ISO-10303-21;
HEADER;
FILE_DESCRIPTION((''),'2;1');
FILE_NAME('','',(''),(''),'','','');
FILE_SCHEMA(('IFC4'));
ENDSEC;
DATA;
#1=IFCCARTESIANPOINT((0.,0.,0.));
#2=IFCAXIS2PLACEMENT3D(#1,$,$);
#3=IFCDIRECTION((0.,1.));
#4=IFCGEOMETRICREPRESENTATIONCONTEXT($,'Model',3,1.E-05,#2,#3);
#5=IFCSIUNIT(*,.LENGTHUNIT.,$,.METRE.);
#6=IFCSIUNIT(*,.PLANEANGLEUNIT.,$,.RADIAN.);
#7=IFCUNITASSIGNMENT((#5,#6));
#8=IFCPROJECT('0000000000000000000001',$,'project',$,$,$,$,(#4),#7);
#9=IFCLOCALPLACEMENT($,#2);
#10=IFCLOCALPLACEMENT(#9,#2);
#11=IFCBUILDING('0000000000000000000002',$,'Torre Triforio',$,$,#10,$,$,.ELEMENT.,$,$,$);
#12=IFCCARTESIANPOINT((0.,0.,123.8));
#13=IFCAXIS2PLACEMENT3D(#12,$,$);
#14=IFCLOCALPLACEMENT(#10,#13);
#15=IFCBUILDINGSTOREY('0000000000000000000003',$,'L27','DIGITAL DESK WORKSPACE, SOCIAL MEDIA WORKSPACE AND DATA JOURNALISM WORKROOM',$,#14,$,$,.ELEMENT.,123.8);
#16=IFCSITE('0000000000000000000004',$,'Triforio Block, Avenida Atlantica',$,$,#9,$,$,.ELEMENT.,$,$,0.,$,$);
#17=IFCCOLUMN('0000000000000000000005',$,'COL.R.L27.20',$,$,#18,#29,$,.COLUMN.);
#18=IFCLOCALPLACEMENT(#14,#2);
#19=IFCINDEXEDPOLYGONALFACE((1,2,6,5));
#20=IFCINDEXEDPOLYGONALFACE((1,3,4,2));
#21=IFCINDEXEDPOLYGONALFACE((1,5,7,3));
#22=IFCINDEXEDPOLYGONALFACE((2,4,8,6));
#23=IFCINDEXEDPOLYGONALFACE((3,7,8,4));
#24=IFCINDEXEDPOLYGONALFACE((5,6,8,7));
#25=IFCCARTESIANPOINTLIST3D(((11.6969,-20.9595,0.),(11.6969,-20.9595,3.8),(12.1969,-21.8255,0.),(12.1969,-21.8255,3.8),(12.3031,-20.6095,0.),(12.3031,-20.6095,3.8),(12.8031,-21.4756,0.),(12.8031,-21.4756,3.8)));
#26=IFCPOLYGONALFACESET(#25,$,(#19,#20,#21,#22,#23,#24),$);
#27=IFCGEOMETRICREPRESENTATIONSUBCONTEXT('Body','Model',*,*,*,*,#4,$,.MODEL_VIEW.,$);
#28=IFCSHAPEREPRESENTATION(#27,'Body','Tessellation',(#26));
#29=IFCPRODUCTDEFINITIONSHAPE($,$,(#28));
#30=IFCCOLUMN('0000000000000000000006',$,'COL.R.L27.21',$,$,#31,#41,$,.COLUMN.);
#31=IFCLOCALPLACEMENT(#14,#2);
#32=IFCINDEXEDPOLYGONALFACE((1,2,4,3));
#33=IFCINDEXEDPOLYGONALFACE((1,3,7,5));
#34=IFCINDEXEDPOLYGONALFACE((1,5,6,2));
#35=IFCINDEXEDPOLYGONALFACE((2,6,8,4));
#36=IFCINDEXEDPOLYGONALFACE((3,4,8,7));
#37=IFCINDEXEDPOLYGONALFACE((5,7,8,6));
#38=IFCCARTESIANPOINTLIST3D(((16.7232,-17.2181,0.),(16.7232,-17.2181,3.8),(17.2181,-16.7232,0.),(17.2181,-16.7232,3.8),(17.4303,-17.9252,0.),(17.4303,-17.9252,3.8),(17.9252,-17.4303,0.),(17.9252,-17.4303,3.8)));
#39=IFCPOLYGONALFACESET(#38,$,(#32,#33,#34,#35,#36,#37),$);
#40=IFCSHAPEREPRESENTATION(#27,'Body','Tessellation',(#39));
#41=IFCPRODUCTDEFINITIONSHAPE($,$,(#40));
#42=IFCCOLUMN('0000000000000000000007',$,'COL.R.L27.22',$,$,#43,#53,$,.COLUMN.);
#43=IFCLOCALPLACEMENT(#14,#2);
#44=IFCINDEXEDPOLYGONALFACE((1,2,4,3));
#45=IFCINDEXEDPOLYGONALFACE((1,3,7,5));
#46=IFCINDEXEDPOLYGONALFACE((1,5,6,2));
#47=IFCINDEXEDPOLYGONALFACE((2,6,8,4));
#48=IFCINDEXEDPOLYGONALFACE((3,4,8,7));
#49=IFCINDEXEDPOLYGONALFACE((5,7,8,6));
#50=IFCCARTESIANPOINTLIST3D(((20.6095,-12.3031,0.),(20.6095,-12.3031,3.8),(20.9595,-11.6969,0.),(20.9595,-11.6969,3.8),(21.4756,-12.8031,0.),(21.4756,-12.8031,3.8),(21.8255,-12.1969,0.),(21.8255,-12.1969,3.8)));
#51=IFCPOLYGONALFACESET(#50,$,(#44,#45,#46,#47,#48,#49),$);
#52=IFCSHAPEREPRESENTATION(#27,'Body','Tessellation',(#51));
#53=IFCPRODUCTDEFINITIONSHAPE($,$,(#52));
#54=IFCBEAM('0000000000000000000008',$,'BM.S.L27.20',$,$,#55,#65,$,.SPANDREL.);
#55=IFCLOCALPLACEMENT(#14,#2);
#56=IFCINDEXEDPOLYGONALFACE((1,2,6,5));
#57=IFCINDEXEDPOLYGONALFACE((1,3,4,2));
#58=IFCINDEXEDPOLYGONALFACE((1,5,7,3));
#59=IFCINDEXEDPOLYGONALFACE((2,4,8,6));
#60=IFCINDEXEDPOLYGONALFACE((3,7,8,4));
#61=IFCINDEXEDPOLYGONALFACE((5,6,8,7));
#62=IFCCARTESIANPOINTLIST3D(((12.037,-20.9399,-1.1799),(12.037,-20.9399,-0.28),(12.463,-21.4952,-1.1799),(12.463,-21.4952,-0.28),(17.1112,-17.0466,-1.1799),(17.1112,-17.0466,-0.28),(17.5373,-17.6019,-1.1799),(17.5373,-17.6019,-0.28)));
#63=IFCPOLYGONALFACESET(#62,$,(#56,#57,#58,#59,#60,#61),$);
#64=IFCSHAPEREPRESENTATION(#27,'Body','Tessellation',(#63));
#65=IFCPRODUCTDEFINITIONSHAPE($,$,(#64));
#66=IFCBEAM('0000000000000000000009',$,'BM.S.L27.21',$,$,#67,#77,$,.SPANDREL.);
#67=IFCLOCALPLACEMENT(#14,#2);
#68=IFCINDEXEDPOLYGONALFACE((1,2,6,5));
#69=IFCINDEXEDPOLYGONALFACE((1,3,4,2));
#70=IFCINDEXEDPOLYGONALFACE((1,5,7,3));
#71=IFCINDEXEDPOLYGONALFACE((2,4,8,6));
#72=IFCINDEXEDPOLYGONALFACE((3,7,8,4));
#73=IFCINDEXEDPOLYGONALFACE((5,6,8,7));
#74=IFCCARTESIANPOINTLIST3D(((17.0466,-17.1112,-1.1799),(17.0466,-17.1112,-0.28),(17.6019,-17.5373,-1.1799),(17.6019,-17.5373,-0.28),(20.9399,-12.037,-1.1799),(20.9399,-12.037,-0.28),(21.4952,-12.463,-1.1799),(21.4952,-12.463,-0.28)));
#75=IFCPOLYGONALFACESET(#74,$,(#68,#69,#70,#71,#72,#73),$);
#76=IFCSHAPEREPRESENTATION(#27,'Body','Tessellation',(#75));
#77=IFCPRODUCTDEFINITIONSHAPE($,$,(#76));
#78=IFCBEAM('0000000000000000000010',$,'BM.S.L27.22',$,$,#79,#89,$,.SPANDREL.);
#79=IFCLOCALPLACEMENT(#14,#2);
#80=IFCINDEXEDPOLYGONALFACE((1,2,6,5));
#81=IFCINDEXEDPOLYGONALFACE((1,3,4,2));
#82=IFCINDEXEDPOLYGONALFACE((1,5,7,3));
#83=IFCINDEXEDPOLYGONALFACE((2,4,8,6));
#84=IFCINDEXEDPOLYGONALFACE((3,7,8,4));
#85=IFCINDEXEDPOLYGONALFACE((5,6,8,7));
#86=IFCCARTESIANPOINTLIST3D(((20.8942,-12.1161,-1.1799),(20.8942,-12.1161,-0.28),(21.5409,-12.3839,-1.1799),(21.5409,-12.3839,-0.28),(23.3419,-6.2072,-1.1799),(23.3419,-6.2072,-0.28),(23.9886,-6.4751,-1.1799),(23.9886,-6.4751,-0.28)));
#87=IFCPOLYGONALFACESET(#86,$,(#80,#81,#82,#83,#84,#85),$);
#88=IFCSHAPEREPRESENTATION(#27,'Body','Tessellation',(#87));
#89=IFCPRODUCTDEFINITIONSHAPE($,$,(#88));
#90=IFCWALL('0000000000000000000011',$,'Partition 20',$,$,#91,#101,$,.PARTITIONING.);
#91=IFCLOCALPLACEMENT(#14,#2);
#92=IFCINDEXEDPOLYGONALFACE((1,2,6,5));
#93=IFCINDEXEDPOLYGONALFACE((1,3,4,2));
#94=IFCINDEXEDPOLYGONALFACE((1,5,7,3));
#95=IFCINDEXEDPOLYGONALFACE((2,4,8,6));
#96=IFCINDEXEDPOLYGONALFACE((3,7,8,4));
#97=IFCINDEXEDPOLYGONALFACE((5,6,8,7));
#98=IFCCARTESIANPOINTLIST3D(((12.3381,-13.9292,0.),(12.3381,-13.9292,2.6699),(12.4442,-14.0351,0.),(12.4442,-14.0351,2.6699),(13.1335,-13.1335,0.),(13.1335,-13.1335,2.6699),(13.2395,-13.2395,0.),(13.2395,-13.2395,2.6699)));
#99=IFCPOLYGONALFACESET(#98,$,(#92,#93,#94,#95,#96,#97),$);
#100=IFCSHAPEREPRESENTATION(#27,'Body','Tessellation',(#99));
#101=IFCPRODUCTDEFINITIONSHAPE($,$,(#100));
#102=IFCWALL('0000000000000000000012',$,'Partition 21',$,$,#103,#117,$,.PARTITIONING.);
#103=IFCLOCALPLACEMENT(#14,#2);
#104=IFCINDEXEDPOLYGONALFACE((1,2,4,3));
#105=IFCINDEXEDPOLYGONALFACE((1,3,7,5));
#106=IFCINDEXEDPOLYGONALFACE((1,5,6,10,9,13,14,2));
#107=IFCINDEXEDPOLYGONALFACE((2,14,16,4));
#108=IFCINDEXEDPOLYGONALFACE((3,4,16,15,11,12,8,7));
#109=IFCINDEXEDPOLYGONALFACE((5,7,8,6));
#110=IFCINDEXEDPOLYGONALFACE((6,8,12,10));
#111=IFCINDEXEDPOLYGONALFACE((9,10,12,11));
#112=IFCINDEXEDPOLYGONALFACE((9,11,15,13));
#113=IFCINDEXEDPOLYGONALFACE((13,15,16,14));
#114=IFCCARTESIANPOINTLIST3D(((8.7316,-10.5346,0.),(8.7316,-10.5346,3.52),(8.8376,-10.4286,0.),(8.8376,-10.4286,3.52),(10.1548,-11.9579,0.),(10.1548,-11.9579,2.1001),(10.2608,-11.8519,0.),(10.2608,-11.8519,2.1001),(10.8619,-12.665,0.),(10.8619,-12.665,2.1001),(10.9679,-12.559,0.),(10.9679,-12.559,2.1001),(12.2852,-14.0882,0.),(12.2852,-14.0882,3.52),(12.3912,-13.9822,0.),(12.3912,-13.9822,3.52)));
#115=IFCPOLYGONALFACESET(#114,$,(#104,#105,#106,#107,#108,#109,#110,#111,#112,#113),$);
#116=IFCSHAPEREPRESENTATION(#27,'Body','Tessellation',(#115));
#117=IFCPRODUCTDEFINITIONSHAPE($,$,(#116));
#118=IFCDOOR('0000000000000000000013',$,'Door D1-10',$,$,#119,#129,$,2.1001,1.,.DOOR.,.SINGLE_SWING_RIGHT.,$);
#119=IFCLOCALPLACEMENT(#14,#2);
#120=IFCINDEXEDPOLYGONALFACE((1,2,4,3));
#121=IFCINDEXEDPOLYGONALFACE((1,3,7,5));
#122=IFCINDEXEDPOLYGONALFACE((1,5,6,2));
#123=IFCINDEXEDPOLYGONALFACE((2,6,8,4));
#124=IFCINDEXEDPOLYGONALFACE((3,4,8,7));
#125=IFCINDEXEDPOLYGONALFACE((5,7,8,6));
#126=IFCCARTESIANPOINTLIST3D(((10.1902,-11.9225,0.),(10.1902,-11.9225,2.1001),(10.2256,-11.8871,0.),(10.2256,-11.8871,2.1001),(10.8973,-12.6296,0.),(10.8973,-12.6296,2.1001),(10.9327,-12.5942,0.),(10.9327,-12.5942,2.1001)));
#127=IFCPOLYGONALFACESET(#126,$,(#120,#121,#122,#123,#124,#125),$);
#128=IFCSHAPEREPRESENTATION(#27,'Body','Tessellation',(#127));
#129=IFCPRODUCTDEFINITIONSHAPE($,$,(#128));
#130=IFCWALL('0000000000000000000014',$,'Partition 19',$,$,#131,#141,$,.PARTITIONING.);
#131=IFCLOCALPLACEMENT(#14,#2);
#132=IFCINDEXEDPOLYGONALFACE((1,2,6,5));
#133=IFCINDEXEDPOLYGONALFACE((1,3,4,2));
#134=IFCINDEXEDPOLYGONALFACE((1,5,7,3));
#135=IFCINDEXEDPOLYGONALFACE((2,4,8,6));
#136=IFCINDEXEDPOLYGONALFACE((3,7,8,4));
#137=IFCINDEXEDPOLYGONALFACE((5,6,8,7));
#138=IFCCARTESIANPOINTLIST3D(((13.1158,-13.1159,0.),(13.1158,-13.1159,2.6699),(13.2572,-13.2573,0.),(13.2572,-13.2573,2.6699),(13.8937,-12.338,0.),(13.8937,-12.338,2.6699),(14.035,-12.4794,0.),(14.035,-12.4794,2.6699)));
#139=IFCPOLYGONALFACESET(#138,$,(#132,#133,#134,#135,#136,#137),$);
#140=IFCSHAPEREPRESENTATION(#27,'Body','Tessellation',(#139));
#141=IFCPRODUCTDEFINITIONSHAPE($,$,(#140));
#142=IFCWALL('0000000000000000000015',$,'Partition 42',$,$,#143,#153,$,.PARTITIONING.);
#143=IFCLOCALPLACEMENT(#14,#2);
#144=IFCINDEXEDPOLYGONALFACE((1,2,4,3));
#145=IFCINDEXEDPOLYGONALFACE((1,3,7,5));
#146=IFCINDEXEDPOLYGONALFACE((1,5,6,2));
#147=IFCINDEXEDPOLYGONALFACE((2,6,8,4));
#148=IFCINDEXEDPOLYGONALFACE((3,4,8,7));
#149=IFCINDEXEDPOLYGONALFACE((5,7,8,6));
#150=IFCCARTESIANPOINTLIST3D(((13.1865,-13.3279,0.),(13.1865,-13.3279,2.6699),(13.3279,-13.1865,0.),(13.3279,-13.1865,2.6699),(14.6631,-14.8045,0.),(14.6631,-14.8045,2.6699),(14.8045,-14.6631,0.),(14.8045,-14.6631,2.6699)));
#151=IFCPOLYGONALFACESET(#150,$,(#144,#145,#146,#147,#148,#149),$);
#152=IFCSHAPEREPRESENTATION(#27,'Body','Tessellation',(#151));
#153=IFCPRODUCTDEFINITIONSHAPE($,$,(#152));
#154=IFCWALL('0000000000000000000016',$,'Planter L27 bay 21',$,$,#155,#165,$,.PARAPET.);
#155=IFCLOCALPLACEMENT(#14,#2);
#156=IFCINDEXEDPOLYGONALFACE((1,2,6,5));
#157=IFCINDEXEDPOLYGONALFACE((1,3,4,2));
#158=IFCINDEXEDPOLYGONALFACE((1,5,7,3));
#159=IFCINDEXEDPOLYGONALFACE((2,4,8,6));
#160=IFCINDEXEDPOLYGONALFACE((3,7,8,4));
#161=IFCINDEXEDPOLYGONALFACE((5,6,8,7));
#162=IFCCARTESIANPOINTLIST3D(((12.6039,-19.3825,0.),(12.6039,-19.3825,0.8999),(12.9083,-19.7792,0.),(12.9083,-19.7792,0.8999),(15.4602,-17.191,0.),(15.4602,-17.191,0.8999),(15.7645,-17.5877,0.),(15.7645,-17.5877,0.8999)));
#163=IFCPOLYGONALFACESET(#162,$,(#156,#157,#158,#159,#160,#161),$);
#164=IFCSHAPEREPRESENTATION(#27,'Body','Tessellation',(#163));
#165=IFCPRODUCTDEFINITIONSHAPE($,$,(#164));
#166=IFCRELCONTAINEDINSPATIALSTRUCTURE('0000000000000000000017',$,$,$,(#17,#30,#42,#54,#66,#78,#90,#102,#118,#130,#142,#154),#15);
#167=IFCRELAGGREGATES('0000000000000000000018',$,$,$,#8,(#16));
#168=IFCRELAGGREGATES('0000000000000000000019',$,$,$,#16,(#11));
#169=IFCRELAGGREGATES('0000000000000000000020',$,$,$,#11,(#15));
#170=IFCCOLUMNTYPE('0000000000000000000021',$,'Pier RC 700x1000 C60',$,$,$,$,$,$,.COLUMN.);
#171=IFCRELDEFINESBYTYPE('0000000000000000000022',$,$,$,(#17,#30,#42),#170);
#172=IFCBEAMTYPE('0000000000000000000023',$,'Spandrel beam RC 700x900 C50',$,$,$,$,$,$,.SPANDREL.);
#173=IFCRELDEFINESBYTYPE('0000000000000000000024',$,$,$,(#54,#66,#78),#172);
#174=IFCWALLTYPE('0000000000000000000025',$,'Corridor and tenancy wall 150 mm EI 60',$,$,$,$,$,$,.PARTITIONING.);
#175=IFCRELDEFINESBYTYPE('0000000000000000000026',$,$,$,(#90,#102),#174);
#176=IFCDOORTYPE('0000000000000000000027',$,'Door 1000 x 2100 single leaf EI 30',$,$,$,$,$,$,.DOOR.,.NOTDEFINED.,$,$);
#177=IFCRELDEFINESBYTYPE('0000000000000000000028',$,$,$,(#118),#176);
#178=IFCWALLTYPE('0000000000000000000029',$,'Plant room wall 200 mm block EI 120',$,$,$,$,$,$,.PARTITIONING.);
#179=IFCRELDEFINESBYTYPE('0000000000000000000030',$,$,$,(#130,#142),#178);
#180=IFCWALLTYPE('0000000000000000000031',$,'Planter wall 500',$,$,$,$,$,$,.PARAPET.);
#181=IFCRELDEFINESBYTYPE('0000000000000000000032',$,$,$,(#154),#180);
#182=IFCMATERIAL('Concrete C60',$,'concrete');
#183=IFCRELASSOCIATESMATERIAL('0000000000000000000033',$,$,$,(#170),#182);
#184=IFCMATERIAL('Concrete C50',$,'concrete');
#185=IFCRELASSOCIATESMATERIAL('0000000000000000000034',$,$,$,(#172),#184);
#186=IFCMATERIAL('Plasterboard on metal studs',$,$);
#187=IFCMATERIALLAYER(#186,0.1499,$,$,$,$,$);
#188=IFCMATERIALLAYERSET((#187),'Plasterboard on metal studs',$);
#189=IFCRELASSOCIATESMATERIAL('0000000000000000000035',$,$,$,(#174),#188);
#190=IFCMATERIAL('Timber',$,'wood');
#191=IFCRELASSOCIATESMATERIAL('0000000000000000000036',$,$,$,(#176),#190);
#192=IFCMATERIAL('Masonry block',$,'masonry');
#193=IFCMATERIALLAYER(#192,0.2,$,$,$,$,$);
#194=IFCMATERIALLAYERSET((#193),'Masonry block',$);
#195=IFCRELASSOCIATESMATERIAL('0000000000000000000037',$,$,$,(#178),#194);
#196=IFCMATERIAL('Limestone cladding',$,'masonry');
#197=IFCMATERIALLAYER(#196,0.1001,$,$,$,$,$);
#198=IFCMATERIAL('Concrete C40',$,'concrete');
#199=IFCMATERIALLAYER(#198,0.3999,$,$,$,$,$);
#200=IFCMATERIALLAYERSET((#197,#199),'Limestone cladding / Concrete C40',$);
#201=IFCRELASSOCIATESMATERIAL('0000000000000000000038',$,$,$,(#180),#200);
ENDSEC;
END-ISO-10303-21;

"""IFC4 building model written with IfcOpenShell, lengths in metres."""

from ifc_helpers import new_model, si_unit, direction, frame, frame_2d, origin, origin_2d, place, context, subcontext, project, spatial, rectangle, extrude, material, layer, layer_set, material_profile, profile_set, type_object, element, fill, save


model = new_model("IFC4")

# Units and contexts
model_context = context("Model", 3, precision=1e-05, world=origin(), true_north=direction((0.0, 1.0)))
body_context = subcontext(model_context, "Body", "Model", "MODEL_VIEW")
ifc_project = project(units=[si_unit("LENGTHUNIT", "METRE"), si_unit("PLANEANGLEUNIT", "RADIAN")], contexts=[model_context])

# Site, building, storey
site_placement = place(None, origin())
site = spatial("IfcSite", under=ifc_project, at=site_placement, Name="Triforio Block, Avenida Atlantica", CompositionType="ELEMENT", RefElevation=0.0)
building_placement = place(site_placement, origin())
building = spatial("IfcBuilding", under=site, at=building_placement, Name="Torre Triforio", CompositionType="ELEMENT")
storey_placement = place(building_placement, frame((0.0, 0.0, 123.8)))
storey = spatial("IfcBuildingStorey", under=building, at=storey_placement, Name="L27", Description="DIGITAL DESK WORKSPACE, SOCIAL MEDIA WORKSPACE AND DATA JOURNALISM WORKROOM", CompositionType="ELEMENT", Elevation=123.8)

# Columns
ifc_material_1 = material(Name="Concrete C60", Category="concrete")
ifc_material_profile_1 = material_profile(ifc_material_1, rectangle(XDim=0.7, YDim=1.0, at=origin_2d()), Name="RC 700x1000")
ifc_profile_set_1 = profile_set([ifc_material_profile_1], Name="Concrete C60")
column_type = type_object("IfcColumnType", Name="Pier RC 700x1000 C60", PredefinedType="COLUMN", material=ifc_profile_set_1)
for number, where, z_axis, x_axis, name in (
    (1, (12.25, -21.2175, 0.0), (0.0, 0.0, 1.0), (0.866025, 0.5, 0.0), "COL.R.L27.20"),
    (2, (17.3242, -17.3242, 0.0), (0.0, 0.0, 1.0), (0.707107, 0.707107, 0.0), "COL.R.L27.21"),
    (3, (21.2175, -12.25, 0.0), (0.0, 0.0, 1.0), (0.5, 0.866025, 0.0), "COL.R.L27.22"),
):
    element("IfcColumn", number, at=place(storey_placement, frame(where, z_axis=z_axis, x_axis=x_axis)), inside=storey, type_object=column_type, Name=name, PredefinedType="COLUMN", context=body_context, shape_type="SweptSolid", body=[
        extrude(rectangle(XDim=0.7, YDim=1.0, at=origin_2d()), origin(), (0.0, 0.0, 1.0), 3.8),
    ])

# Beams
ifc_material_2 = material(Name="Concrete C50", Category="concrete")
ifc_material_profile_2 = material_profile(ifc_material_2, rectangle(XDim=0.7, YDim=0.8999, at=origin_2d()), Name="RC 700x900")
ifc_profile_set_2 = profile_set([ifc_material_profile_2], Name="Concrete C50")
beam_type = type_object("IfcBeamType", Name="Spandrel beam RC 700x900 C50", PredefinedType="SPANDREL", material=ifc_profile_set_2)
for number, where, z_axis, x_axis, name in (
    (4, (12.25, -21.2175, -0.73), (0.793374, 0.608734, 0.0), (-0.608734, 0.793374, 0.0), "BM.S.L27.20"),
    (5, (17.3242, -17.3242, -0.73), (0.608734, 0.793374, 0.0), (-0.793374, 0.608734, 0.0), "BM.S.L27.21"),
    (6, (21.2175, -12.25, -0.73), (0.382709, 0.923869, 0.0), (-0.923869, 0.382709, 0.0), "BM.S.L27.22"),
):
    element("IfcBeam", number, at=place(storey_placement, frame(where, z_axis=z_axis, x_axis=x_axis)), inside=storey, type_object=beam_type, Name=name, PredefinedType="SPANDREL", context=body_context, shape_type="SweptSolid", body=[
        extrude(rectangle(XDim=0.7, YDim=0.8999, at=origin_2d()), origin(), (0.0, 0.0, 1.0), 6.3958),
    ])

# Wall
ifc_material_3 = material(Name="Plasterboard on metal studs")
ifc_layer_1 = layer(ifc_material_3, 0.1499)
ifc_layer_set_1 = layer_set([ifc_layer_1], Name="Plasterboard on metal studs")
wall_type_1 = type_object("IfcWallType", Name="Corridor and tenancy wall 150 mm EI 60", PredefinedType="PARTITIONING", material=ifc_layer_set_1)
wall_1_placement = place(storey_placement, frame((13.1865, -13.1865, 0.0), z_axis=(0.0, 0.0, 1.0), x_axis=(-0.706998, -0.707215, 0.0)))
element("IfcWall", 7, at=wall_1_placement, inside=storey, type_object=wall_type_1, Name="Partition 20", PredefinedType="PARTITIONING", context=body_context, shape_type="SweptSolid", body=[
    extrude(rectangle(XDim=1.125, YDim=0.1499, at=frame_2d((0.5625, 0.0))), origin(), (0.0, 0.0, 1.0), 2.6699),
])

# Wall, opening, door
wall_2_placement = place(storey_placement, frame((12.3381, -14.0352, 0.0), z_axis=(0.0, 0.0, 1.0), x_axis=(-0.707107, 0.707107, 0.0)))
wall_2 = element("IfcWall", 8, at=wall_2_placement, inside=storey, type_object=wall_type_1, Name="Partition 21", PredefinedType="PARTITIONING", context=body_context, shape_type="SweptSolid", body=[
    extrude(rectangle(XDim=5.0256, YDim=0.1499, at=frame_2d((2.5127, 0.0))), origin(), (0.0, 0.0, 1.0), 3.52),
])
opening_1_placement = place(wall_2_placement, frame((2.0127, 0.0, 0.0)))
opening_1 = element("IfcOpeningElement", 9, at=opening_1_placement, cuts=wall_2, PredefinedType="OPENING", context=body_context, shape_type="SweptSolid", body=[
    extrude(rectangle(XDim=1.0, YDim=2.1001, at=frame_2d((0.5, 1.05))), frame((0.0, 0.085, 0.0), z_axis=(0.0, -1.0, 0.0), x_axis=(1.0, 0.0, 0.0)), (0.0, 0.0, 1.0), 0.1699),
])
ifc_material_4 = material(Name="Timber", Category="wood")
door_type_1 = type_object("IfcDoorType", Name="Door 1000 x 2100 single leaf EI 30", OperationType="NOTDEFINED", PredefinedType="DOOR", material=ifc_material_4)
door_1_placement = place(opening_1_placement, origin())
door_1 = element("IfcDoor", 10, at=door_1_placement, inside=storey, type_object=door_type_1, Name="Door D1-10", OperationType="SINGLE_SWING_RIGHT", OverallHeight=2.1001, OverallWidth=1.0, PredefinedType="DOOR", context=body_context, shape_type="SweptSolid", body=[
    extrude(rectangle(XDim=1.0, YDim=2.1001, at=frame_2d((0.5, 1.05))), frame((0.0, 0.0249, 0.0), z_axis=(0.0, -1.0, 0.0), x_axis=(1.0, 0.0, 0.0)), (0.0, 0.0, 1.0), 0.05),
])
fill(opening_1, door_1)

# Walls
ifc_material_5 = material(Name="Masonry block", Category="masonry")
ifc_layer_2 = layer(ifc_material_5, 0.2)
ifc_layer_set_2 = layer_set([ifc_layer_2], Name="Masonry block")
wall_type_2 = type_object("IfcWallType", Name="Plant room wall 200 mm block EI 120", PredefinedType="PARTITIONING", material=ifc_layer_set_2)
wall_3_placement = place(storey_placement, frame((13.9644, -12.4087, 0.0), z_axis=(0.0, 0.0, 1.0), x_axis=(-0.707107, -0.707107, 0.0)))
element("IfcWall", 11, at=wall_3_placement, inside=storey, type_object=wall_type_2, Name="Partition 19", PredefinedType="PARTITIONING", context=body_context, shape_type="SweptSolid", body=[
    extrude(rectangle(XDim=1.1001, YDim=0.2, at=frame_2d((0.55, 0.0))), origin(), (0.0, 0.0, 1.0), 2.6699),
])
wall_4_placement = place(storey_placement, frame((13.2573, -13.2573, 0.0), z_axis=(0.0, 0.0, 1.0), x_axis=(0.707107, -0.707107, 0.0)))
element("IfcWall", 12, at=wall_4_placement, inside=storey, type_object=wall_type_2, Name="Partition 42", PredefinedType="PARTITIONING", context=body_context, shape_type="SweptSolid", body=[
    extrude(rectangle(XDim=2.0881, YDim=0.2, at=frame_2d((1.0439, 0.0))), origin(), (0.0, 0.0, 1.0), 2.6699),
])
ifc_material_6 = material(Name="Limestone cladding", Category="masonry")
ifc_layer_3 = layer(ifc_material_6, 0.1001)
ifc_material_7 = material(Name="Concrete C40", Category="concrete")
ifc_layer_4 = layer(ifc_material_7, 0.3999)
ifc_layer_set_3 = layer_set([ifc_layer_3, ifc_layer_4], Name="Limestone cladding / Concrete C40")
wall_type_3 = type_object("IfcWallType", Name="Planter wall 500", PredefinedType="PARAPET", material=ifc_layer_set_3)
wall_5_placement = place(storey_placement, frame((12.7561, -19.5808, 0.0), z_axis=(0.0, 0.0, 1.0), x_axis=(0.793385, 0.608721, 0.0)))
element("IfcWall", 13, at=wall_5_placement, inside=storey, type_object=wall_type_3, Name="Planter L27 bay 21", PredefinedType="PARAPET", context=body_context, shape_type="SweptSolid", body=[
    extrude(rectangle(XDim=3.6001, YDim=0.5, at=frame_2d((1.8, 0.0))), origin(), (0.0, 0.0, 1.0), 0.8999),
])

save(model, "model.ifc")
